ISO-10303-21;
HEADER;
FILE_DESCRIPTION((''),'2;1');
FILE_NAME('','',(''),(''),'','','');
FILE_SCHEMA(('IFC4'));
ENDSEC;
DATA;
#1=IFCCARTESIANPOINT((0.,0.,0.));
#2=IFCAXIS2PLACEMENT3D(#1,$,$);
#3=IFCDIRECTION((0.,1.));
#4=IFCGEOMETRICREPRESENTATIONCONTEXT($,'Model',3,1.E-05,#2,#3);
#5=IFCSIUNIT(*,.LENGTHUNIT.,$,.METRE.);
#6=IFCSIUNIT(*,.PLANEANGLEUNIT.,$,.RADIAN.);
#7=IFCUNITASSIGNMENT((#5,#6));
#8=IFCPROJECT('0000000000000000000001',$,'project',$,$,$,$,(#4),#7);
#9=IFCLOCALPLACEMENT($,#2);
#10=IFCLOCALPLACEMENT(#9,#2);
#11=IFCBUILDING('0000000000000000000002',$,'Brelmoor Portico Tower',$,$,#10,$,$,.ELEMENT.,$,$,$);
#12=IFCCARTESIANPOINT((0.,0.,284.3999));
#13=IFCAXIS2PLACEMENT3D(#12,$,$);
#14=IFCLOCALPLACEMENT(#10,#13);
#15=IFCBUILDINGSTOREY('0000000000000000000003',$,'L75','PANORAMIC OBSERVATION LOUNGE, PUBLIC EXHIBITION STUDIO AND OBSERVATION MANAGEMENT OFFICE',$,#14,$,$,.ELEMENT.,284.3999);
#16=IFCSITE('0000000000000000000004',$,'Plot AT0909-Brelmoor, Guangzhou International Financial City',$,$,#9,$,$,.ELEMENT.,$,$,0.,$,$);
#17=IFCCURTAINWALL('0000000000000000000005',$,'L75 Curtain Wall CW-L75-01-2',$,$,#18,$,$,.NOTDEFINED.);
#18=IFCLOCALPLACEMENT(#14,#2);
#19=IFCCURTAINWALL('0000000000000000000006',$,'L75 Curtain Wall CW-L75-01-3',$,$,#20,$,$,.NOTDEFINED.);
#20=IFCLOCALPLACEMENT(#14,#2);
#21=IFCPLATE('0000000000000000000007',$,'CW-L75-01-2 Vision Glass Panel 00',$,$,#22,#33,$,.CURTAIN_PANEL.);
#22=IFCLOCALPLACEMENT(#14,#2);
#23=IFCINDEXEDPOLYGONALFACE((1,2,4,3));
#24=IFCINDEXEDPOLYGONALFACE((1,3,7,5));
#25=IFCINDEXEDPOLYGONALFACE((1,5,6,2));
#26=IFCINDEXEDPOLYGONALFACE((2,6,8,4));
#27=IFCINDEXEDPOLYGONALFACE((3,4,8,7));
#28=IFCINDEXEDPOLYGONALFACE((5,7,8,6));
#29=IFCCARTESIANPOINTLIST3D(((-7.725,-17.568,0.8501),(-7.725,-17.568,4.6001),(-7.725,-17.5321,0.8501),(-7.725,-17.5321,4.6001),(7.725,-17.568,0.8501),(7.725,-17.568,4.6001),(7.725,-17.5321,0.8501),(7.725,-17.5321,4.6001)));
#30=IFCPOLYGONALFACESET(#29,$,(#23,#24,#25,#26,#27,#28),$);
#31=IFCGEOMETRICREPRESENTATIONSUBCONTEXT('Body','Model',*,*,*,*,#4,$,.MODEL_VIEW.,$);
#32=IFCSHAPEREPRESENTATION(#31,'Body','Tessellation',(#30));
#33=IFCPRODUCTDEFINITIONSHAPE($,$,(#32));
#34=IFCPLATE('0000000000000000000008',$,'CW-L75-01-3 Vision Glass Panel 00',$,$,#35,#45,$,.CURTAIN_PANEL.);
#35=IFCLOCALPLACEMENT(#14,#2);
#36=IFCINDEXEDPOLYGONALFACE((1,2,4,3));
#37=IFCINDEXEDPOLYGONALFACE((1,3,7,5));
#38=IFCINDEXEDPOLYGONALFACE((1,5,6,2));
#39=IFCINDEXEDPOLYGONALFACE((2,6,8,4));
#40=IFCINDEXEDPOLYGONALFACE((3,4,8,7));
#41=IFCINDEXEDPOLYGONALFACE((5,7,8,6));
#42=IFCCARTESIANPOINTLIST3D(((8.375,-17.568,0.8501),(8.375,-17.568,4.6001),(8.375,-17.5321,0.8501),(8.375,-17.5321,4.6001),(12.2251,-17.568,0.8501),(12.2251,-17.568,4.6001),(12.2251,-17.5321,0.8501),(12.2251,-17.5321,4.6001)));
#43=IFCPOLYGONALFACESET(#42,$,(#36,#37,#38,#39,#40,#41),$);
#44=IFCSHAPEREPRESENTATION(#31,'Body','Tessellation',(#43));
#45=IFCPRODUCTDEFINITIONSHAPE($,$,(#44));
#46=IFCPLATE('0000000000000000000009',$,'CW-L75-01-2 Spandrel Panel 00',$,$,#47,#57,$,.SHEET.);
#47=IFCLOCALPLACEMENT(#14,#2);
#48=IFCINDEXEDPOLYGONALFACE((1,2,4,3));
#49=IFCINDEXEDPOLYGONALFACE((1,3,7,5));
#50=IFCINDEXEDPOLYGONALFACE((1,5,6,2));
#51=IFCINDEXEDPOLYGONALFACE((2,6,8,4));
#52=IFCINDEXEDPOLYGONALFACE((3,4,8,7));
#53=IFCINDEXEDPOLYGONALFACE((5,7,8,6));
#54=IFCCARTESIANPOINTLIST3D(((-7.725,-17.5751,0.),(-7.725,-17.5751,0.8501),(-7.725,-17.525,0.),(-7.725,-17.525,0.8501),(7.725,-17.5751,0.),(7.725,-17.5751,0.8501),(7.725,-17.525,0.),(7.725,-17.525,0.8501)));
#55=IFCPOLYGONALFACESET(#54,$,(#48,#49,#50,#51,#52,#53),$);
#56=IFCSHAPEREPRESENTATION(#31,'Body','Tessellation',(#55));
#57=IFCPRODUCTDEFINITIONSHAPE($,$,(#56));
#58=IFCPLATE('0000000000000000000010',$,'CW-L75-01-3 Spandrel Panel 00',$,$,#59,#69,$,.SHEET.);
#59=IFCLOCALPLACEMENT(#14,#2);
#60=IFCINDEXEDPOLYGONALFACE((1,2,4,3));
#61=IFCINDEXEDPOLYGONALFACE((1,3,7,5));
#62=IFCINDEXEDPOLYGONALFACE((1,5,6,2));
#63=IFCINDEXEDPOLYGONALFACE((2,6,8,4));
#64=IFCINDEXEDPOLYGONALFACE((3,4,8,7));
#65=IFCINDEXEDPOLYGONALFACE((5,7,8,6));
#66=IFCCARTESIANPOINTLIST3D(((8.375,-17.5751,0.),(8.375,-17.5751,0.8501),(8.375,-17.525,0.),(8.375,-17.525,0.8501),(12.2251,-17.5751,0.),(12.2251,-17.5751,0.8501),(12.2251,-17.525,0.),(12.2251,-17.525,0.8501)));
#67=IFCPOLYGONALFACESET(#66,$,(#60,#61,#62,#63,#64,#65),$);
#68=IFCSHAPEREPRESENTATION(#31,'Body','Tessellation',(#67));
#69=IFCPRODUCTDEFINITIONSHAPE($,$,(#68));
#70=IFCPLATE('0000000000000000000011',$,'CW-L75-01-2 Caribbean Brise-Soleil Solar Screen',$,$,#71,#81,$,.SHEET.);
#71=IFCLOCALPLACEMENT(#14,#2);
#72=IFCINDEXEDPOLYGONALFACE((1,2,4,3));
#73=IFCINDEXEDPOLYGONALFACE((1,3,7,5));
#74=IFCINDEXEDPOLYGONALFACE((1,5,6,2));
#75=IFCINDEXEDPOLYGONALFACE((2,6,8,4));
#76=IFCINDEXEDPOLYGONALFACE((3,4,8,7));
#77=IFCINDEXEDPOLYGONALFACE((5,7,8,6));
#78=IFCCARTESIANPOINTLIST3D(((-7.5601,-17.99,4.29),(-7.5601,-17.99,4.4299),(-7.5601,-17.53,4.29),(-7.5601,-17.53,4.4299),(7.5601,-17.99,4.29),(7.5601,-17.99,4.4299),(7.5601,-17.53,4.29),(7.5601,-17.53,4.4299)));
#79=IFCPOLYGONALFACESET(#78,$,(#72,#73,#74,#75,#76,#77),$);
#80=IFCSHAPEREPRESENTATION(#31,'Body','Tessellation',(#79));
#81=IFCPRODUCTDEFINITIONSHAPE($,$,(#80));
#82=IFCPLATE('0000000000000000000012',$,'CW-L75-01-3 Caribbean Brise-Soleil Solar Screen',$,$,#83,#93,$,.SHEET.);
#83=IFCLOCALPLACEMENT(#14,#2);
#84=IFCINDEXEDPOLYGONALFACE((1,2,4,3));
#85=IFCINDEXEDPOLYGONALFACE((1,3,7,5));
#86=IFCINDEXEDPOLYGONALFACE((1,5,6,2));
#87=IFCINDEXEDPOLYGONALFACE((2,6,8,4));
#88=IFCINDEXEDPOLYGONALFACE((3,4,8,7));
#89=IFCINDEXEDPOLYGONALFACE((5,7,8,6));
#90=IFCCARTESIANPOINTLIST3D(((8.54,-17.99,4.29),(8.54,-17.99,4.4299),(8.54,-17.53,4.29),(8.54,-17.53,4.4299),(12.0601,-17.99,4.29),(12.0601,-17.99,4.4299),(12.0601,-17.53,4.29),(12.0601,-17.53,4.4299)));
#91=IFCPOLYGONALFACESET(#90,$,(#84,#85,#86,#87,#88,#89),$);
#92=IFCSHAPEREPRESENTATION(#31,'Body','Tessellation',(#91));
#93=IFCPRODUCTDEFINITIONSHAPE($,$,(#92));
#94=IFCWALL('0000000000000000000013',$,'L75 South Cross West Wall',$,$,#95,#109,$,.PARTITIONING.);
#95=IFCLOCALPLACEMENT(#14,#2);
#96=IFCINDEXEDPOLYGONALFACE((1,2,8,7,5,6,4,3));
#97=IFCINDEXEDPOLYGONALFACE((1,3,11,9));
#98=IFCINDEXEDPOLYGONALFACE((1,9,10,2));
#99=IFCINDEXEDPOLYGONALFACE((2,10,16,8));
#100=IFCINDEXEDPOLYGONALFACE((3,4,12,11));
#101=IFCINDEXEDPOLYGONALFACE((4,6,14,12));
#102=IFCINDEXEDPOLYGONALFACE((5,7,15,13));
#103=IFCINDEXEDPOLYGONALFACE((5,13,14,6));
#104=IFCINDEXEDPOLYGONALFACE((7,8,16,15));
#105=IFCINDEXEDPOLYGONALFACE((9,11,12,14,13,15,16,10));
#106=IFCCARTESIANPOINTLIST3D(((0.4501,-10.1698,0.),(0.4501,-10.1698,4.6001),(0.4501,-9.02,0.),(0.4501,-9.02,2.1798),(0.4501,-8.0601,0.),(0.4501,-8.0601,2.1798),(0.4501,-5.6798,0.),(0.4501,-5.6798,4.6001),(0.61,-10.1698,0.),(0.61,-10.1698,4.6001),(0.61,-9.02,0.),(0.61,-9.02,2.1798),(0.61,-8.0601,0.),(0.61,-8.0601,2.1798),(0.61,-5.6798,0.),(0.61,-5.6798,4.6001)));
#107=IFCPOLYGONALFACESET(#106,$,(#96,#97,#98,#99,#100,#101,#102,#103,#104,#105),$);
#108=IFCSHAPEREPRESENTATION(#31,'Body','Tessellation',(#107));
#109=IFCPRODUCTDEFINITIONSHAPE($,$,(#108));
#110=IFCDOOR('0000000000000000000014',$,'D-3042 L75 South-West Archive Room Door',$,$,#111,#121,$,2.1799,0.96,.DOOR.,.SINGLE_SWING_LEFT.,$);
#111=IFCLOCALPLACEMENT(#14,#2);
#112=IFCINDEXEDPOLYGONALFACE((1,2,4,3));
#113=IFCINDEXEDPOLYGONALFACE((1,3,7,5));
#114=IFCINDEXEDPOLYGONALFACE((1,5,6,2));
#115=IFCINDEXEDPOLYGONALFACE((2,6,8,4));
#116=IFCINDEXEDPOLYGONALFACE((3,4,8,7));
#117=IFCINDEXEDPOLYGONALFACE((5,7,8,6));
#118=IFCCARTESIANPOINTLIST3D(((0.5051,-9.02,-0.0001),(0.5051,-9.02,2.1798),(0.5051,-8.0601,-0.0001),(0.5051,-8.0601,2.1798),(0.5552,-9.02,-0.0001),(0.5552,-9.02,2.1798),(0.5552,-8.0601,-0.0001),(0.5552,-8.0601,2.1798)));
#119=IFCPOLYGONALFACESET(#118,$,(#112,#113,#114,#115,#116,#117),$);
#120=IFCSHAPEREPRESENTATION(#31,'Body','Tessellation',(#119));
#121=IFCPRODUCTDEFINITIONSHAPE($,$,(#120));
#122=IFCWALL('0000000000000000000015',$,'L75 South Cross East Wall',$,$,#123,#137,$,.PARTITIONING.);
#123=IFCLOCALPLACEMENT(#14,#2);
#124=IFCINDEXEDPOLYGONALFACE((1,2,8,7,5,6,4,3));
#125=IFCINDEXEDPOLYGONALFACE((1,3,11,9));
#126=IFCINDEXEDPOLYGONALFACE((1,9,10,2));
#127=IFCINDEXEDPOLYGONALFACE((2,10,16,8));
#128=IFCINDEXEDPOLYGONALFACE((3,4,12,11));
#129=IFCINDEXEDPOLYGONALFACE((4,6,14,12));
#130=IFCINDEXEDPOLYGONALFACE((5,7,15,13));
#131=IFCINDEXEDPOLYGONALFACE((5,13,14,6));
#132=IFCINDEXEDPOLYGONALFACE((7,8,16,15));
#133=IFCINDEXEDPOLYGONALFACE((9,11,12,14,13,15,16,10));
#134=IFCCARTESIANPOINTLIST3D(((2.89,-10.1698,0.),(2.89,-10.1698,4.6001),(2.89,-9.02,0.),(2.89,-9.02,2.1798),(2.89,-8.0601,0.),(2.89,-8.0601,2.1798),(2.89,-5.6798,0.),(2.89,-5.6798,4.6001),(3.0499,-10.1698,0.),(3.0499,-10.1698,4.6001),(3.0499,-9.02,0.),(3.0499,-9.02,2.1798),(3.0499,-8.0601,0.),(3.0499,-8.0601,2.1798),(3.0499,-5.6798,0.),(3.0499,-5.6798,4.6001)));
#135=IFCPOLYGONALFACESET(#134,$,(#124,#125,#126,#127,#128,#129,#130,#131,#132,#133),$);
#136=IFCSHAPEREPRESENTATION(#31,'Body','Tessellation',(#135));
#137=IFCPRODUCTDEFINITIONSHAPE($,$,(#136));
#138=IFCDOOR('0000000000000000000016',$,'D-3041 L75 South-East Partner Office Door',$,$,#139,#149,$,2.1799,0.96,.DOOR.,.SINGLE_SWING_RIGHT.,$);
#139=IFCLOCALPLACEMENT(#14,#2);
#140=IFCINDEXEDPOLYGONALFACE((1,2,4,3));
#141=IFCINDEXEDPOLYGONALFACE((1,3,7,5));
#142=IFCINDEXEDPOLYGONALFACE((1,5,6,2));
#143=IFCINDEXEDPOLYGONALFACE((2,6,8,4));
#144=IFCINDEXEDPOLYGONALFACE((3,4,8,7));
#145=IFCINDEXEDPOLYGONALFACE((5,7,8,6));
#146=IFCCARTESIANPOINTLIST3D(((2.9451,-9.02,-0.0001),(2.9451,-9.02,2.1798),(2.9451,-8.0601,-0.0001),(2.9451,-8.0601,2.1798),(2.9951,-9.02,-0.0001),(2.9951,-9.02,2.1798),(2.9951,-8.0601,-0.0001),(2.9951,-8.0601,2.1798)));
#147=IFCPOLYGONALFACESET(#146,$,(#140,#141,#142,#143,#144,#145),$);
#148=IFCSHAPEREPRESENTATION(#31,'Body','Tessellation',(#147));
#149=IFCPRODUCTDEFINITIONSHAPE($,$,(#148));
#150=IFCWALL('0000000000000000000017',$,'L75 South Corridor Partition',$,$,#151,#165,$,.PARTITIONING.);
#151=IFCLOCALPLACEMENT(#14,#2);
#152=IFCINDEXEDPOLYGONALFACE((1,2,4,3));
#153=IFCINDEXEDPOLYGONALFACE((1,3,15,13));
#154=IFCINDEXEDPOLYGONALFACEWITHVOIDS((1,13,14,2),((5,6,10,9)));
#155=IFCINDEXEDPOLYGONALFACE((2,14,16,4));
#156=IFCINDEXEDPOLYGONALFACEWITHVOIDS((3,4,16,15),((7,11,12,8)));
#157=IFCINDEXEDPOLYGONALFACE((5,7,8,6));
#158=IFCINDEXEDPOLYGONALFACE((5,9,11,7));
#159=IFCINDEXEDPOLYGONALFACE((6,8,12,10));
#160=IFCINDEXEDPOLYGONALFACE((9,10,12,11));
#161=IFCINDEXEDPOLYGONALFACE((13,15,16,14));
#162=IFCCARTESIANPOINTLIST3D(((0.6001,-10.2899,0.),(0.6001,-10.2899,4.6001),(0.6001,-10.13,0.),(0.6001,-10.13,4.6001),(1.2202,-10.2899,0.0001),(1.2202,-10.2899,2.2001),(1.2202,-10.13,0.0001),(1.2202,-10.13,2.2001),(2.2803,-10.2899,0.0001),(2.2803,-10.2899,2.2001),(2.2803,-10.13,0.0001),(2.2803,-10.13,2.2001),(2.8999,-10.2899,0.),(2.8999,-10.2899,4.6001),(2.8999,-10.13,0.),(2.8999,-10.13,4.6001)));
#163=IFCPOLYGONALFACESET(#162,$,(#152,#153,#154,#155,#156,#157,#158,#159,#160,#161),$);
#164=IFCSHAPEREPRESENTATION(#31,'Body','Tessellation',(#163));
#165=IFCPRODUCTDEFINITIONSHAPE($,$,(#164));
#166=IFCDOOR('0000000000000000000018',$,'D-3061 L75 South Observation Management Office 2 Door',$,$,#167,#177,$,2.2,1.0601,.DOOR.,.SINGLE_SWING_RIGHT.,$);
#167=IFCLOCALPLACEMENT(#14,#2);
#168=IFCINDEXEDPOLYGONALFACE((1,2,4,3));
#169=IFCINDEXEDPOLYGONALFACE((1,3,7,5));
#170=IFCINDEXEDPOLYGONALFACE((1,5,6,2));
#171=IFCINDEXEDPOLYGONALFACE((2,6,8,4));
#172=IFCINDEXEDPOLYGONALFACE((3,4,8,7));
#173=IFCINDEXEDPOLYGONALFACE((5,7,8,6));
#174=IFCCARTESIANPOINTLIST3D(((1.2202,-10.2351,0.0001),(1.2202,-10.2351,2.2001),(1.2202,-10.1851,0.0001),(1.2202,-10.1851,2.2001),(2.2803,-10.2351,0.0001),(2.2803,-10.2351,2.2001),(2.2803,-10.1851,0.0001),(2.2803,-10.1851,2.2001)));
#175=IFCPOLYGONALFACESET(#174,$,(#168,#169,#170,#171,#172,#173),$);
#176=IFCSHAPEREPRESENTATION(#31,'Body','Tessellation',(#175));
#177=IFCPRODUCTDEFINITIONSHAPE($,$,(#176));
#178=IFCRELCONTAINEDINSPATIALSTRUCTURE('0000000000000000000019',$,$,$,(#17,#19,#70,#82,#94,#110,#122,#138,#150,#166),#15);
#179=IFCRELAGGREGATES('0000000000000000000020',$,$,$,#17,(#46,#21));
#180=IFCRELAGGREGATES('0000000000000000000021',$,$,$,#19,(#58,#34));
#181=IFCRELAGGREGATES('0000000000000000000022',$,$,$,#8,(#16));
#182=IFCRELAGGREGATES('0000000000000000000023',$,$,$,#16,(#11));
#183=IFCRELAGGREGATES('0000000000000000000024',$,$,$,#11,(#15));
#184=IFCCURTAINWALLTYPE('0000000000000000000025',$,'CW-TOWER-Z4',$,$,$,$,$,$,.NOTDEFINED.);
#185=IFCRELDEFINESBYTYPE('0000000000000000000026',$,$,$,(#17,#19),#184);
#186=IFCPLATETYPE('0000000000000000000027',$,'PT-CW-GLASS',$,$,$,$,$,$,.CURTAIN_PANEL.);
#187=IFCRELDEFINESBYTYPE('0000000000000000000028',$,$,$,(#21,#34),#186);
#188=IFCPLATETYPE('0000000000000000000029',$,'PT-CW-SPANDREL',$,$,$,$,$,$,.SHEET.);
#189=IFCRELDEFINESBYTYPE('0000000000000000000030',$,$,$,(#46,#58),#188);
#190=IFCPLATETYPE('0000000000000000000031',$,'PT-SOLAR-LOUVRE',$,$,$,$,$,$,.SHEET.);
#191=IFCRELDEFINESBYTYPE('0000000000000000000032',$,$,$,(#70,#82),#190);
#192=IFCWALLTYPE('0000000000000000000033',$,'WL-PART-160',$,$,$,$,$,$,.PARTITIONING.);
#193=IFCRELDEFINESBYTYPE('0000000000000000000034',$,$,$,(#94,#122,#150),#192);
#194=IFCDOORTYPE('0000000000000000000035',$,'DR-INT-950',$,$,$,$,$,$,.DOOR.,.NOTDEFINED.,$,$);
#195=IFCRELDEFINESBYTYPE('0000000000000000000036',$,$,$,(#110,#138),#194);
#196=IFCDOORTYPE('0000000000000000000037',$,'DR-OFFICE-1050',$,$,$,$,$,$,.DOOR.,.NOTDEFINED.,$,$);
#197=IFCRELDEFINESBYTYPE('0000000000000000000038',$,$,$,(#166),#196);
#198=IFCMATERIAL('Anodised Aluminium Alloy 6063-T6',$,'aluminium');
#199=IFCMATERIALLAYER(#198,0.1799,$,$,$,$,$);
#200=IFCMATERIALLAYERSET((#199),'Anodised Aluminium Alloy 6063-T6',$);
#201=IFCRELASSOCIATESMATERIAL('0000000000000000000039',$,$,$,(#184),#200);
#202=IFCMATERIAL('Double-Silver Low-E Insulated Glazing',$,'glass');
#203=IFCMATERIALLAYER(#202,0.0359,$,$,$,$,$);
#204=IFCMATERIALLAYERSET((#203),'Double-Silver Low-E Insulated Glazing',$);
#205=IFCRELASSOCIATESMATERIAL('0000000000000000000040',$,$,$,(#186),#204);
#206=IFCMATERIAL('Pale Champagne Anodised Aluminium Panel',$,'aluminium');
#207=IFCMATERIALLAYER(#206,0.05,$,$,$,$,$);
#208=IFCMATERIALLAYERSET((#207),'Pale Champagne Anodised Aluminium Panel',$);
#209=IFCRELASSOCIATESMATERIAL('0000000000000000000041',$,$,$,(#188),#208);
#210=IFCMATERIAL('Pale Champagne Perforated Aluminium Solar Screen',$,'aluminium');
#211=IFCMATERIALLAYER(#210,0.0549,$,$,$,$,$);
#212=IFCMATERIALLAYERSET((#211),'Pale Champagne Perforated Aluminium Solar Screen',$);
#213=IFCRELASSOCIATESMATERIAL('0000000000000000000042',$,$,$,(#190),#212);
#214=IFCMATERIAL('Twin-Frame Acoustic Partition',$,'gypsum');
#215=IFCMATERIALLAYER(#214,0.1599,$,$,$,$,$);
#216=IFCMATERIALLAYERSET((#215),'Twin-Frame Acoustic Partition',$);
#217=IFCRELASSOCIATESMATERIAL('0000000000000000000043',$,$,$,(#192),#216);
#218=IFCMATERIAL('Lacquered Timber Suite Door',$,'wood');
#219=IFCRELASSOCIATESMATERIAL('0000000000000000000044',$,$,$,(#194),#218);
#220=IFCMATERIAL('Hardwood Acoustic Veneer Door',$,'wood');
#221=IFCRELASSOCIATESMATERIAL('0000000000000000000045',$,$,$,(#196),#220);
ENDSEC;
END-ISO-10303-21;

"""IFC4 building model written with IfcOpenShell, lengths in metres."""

from ifc_helpers import new_model, si_unit, direction, frame, frame_2d, origin, origin_2d, place, context, subcontext, project, spatial, rectangle, extrude, material, layer, layer_set, type_object, element, fill, aggregate, save


model = new_model("IFC4")

# Units and contexts
model_context = context("Model", 3, precision=1e-05, world=origin(), true_north=direction((0.0, 1.0)))
body_context = subcontext(model_context, "Body", "Model", "MODEL_VIEW")
ifc_project = project(units=[si_unit("LENGTHUNIT", "METRE"), si_unit("PLANEANGLEUNIT", "RADIAN")], contexts=[model_context])

# Site, building, storey
site_placement = place(None, origin())
site = spatial("IfcSite", under=ifc_project, at=site_placement, Name="Plot AT0909-Brelmoor, Guangzhou International Financial City", CompositionType="ELEMENT", RefElevation=0.0)
building_placement = place(site_placement, origin())
building = spatial("IfcBuilding", under=site, at=building_placement, Name="Brelmoor Portico Tower", CompositionType="ELEMENT")
storey_placement = place(building_placement, frame((0.0, 0.0, 284.3999)))
storey = spatial("IfcBuildingStorey", under=building, at=storey_placement, Name="L75", Description="PANORAMIC OBSERVATION LOUNGE, PUBLIC EXHIBITION STUDIO AND OBSERVATION MANAGEMENT OFFICE", CompositionType="ELEMENT", Elevation=284.3999)

# Curtain wall
ifc_material_1 = material(Name="Anodised Aluminium Alloy 6063-T6", Category="aluminium")
ifc_layer_1 = layer(ifc_material_1, 0.1799)
ifc_layer_set_1 = layer_set([ifc_layer_1], Name="Anodised Aluminium Alloy 6063-T6")
curtain_wall_type = type_object("IfcCurtainWallType", Name="CW-TOWER-Z4", PredefinedType="NOTDEFINED", material=ifc_layer_set_1)
curtain_wall_1_placement = place(storey_placement, origin())
curtain_wall_1 = element("IfcCurtainWall", 1, at=curtain_wall_1_placement, inside=storey, type_object=curtain_wall_type, Name="L75 Curtain Wall CW-L75-01-2", PredefinedType="NOTDEFINED")

# Curtain wall
curtain_wall_2_placement = place(storey_placement, origin())
curtain_wall_2 = element("IfcCurtainWall", 2, at=curtain_wall_2_placement, inside=storey, type_object=curtain_wall_type, Name="L75 Curtain Wall CW-L75-01-3", PredefinedType="NOTDEFINED")

# Plates
ifc_material_2 = material(Name="Double-Silver Low-E Insulated Glazing", Category="glass")
ifc_layer_2 = layer(ifc_material_2, 0.0359)
ifc_layer_set_2 = layer_set([ifc_layer_2], Name="Double-Silver Low-E Insulated Glazing")
plate_type_1 = type_object("IfcPlateType", Name="PT-CW-GLASS", PredefinedType="CURTAIN_PANEL", material=ifc_layer_set_2)
plate_1_placement = place(storey_placement, frame((0.0, -17.55, 0.8501), z_axis=(0.0, 0.0, 1.0), x_axis=(1.0, 0.0, 0.0)))
plate_1 = element("IfcPlate", 3, at=plate_1_placement, type_object=plate_type_1, Name="CW-L75-01-2 Vision Glass Panel 00", PredefinedType="CURTAIN_PANEL", context=body_context, shape_type="SweptSolid", body=[
    extrude(rectangle(XDim=15.45, YDim=0.0359, at=origin_2d()), origin(), (0.0, 0.0, 1.0), 3.75),
])
plate_2_placement = place(storey_placement, frame((10.3, -17.55, 0.8501), z_axis=(0.0, 0.0, 1.0), x_axis=(1.0, 0.0, 0.0)))
plate_2 = element("IfcPlate", 4, at=plate_2_placement, type_object=plate_type_1, Name="CW-L75-01-3 Vision Glass Panel 00", PredefinedType="CURTAIN_PANEL", context=body_context, shape_type="SweptSolid", body=[
    extrude(rectangle(XDim=3.8501, YDim=0.0359, at=origin_2d()), origin(), (0.0, 0.0, 1.0), 3.75),
])
ifc_material_3 = material(Name="Pale Champagne Anodised Aluminium Panel", Category="aluminium")
ifc_layer_3 = layer(ifc_material_3, 0.05)
ifc_layer_set_3 = layer_set([ifc_layer_3], Name="Pale Champagne Anodised Aluminium Panel")
plate_type_2 = type_object("IfcPlateType", Name="PT-CW-SPANDREL", PredefinedType="SHEET", material=ifc_layer_set_3)
plate_3_placement = place(storey_placement, frame((0.0, -17.55, 0.0), z_axis=(0.0, 0.0, 1.0), x_axis=(1.0, 0.0, 0.0)))
plate_3 = element("IfcPlate", 5, at=plate_3_placement, type_object=plate_type_2, Name="CW-L75-01-2 Spandrel Panel 00", PredefinedType="SHEET", context=body_context, shape_type="SweptSolid", body=[
    extrude(rectangle(XDim=15.45, YDim=0.05, at=origin_2d()), origin(), (0.0, 0.0, 1.0), 0.8501),
])
aggregate(curtain_wall_1, [plate_3, plate_1])
plate_4_placement = place(storey_placement, frame((10.3, -17.55, 0.0), z_axis=(0.0, 0.0, 1.0), x_axis=(1.0, 0.0, 0.0)))
plate_4 = element("IfcPlate", 6, at=plate_4_placement, type_object=plate_type_2, Name="CW-L75-01-3 Spandrel Panel 00", PredefinedType="SHEET", context=body_context, shape_type="SweptSolid", body=[
    extrude(rectangle(XDim=3.8501, YDim=0.05, at=origin_2d()), origin(), (0.0, 0.0, 1.0), 0.8501),
])
aggregate(curtain_wall_2, [plate_4, plate_2])

# Plates
ifc_material_4 = material(Name="Pale Champagne Perforated Aluminium Solar Screen", Category="aluminium")
ifc_layer_4 = layer(ifc_material_4, 0.0549)
ifc_layer_set_4 = layer_set([ifc_layer_4], Name="Pale Champagne Perforated Aluminium Solar Screen")
plate_type_3 = type_object("IfcPlateType", Name="PT-SOLAR-LOUVRE", PredefinedType="SHEET", material=ifc_layer_set_4)
plate_5_placement = place(storey_placement, frame((0.0, -17.76, 4.29), z_axis=(0.0, 0.0, 1.0), x_axis=(1.0, 0.0, 0.0)))
element("IfcPlate", 7, at=plate_5_placement, inside=storey, type_object=plate_type_3, Name="CW-L75-01-2 Caribbean Brise-Soleil Solar Screen", PredefinedType="SHEET", context=body_context, shape_type="SweptSolid", body=[
    extrude(rectangle(XDim=15.1201, YDim=0.46, at=origin_2d()), origin(), (0.0, 0.0, 1.0), 0.1399),
])
plate_6_placement = place(storey_placement, frame((10.3, -17.76, 4.29), z_axis=(0.0, 0.0, 1.0), x_axis=(1.0, 0.0, 0.0)))
element("IfcPlate", 8, at=plate_6_placement, inside=storey, type_object=plate_type_3, Name="CW-L75-01-3 Caribbean Brise-Soleil Solar Screen", PredefinedType="SHEET", context=body_context, shape_type="SweptSolid", body=[
    extrude(rectangle(XDim=3.52, YDim=0.46, at=origin_2d()), origin(), (0.0, 0.0, 1.0), 0.1399),
])

# Walls, openings, doors
ifc_material_5 = material(Name="Twin-Frame Acoustic Partition", Category="gypsum")
ifc_layer_5 = layer(ifc_material_5, 0.1599)
ifc_layer_set_5 = layer_set([ifc_layer_5], Name="Twin-Frame Acoustic Partition")
wall_type = type_object("IfcWallType", Name="WL-PART-160", PredefinedType="PARTITIONING", material=ifc_layer_set_5)
wall_1_placement = place(storey_placement, frame((0.53, -10.1699, 0.0), z_axis=(0.0, 0.0, 1.0), x_axis=(0.0, 1.0, 0.0)))
wall_1 = element("IfcWall", 9, at=wall_1_placement, inside=storey, type_object=wall_type, Name="L75 South Cross West Wall", PredefinedType="PARTITIONING", context=body_context, shape_type="SweptSolid", body=[
    extrude(rectangle(XDim=4.49, YDim=0.1599, at=frame_2d((2.2451, 0.0))), origin(), (0.0, 0.0, 1.0), 4.6001),
])
opening_1_placement = place(wall_1_placement, frame((1.1499, 0.0, 0.0)))
opening_1 = element("IfcOpeningElement", 10, at=opening_1_placement, cuts=wall_1, PredefinedType="OPENING", context=body_context, shape_type="SweptSolid", body=[
    extrude(rectangle(XDim=0.96, YDim=2.1799, at=frame_2d((0.48, 1.0898))), frame((0.0, 0.0898, 0.0), z_axis=(0.0, -1.0, 0.0), x_axis=(1.0, 0.0, 0.0)), (0.0, 0.0, 1.0), 0.1799),
])
ifc_material_6 = material(Name="Lacquered Timber Suite Door", Category="wood")
door_type_1 = type_object("IfcDoorType", Name="DR-INT-950", OperationType="NOTDEFINED", PredefinedType="DOOR", material=ifc_material_6)
door_1_placement = place(opening_1_placement, origin())
door_1 = element("IfcDoor", 11, at=door_1_placement, inside=storey, type_object=door_type_1, Name="D-3042 L75 South-West Archive Room Door", OperationType="SINGLE_SWING_LEFT", OverallHeight=2.1799, OverallWidth=0.96, PredefinedType="DOOR", context=body_context, shape_type="SweptSolid", body=[
    extrude(rectangle(XDim=0.96, YDim=2.1799, at=frame_2d((0.48, 1.0898))), frame((0.0, 0.0249, 0.0), z_axis=(0.0, -1.0, 0.0), x_axis=(1.0, 0.0, 0.0)), (0.0, 0.0, 1.0), 0.05),
])
fill(opening_1, door_1)
wall_2_placement = place(storey_placement, frame((2.97, -10.1699, 0.0), z_axis=(0.0, 0.0, 1.0), x_axis=(0.0, 1.0, 0.0)))
wall_2 = element("IfcWall", 12, at=wall_2_placement, inside=storey, type_object=wall_type, Name="L75 South Cross East Wall", PredefinedType="PARTITIONING", context=body_context, shape_type="SweptSolid", body=[
    extrude(rectangle(XDim=4.49, YDim=0.1599, at=frame_2d((2.2451, 0.0))), origin(), (0.0, 0.0, 1.0), 4.6001),
])
opening_2_placement = place(wall_2_placement, frame((1.1499, 0.0, 0.0)))
opening_2 = element("IfcOpeningElement", 13, at=opening_2_placement, cuts=wall_2, PredefinedType="OPENING", context=body_context, shape_type="SweptSolid", body=[
    extrude(rectangle(XDim=0.96, YDim=2.1799, at=frame_2d((0.48, 1.0898))), frame((0.0, 0.0898, 0.0), z_axis=(0.0, -1.0, 0.0), x_axis=(1.0, 0.0, 0.0)), (0.0, 0.0, 1.0), 0.1799),
])
door_2_placement = place(opening_2_placement, origin())
door_2 = element("IfcDoor", 14, at=door_2_placement, inside=storey, type_object=door_type_1, Name="D-3041 L75 South-East Partner Office Door", OperationType="SINGLE_SWING_RIGHT", OverallHeight=2.1799, OverallWidth=0.96, PredefinedType="DOOR", context=body_context, shape_type="SweptSolid", body=[
    extrude(rectangle(XDim=0.96, YDim=2.1799, at=frame_2d((0.48, 1.0898))), frame((0.0, 0.0249, 0.0), z_axis=(0.0, -1.0, 0.0), x_axis=(1.0, 0.0, 0.0)), (0.0, 0.0, 1.0), 0.05),
])
fill(opening_2, door_2)
wall_3_placement = place(storey_placement, frame((0.6001, -10.21, 0.0), z_axis=(0.0, 0.0, 1.0), x_axis=(1.0, 0.0, 0.0)))
wall_3 = element("IfcWall", 15, at=wall_3_placement, inside=storey, type_object=wall_type, Name="L75 South Corridor Partition", PredefinedType="PARTITIONING", context=body_context, shape_type="SweptSolid", body=[
    extrude(rectangle(XDim=2.2998, YDim=0.1599, at=frame_2d((1.1499, 0.0))), origin(), (0.0, 0.0, 1.0), 4.6001),
])
opening_3_placement = place(wall_3_placement, frame((0.6201, 0.0, 0.0)))
opening_3 = element("IfcOpeningElement", 16, at=opening_3_placement, cuts=wall_3, PredefinedType="OPENING", context=body_context, shape_type="SweptSolid", body=[
    extrude(rectangle(XDim=1.0601, YDim=2.2, at=frame_2d((0.53, 1.1001))), frame((0.0, 0.0898, 0.0), z_axis=(0.0, -1.0, 0.0), x_axis=(1.0, 0.0, 0.0)), (0.0, 0.0, 1.0), 0.1799),
])
ifc_material_7 = material(Name="Hardwood Acoustic Veneer Door", Category="wood")
door_type_2 = type_object("IfcDoorType", Name="DR-OFFICE-1050", OperationType="NOTDEFINED", PredefinedType="DOOR", material=ifc_material_7)
door_3_placement = place(opening_3_placement, origin())
door_3 = element("IfcDoor", 17, at=door_3_placement, inside=storey, type_object=door_type_2, Name="D-3061 L75 South Observation Management Office 2 Door", OperationType="SINGLE_SWING_RIGHT", OverallHeight=2.2, OverallWidth=1.0601, PredefinedType="DOOR", context=body_context, shape_type="SweptSolid", body=[
    extrude(rectangle(XDim=1.0601, YDim=2.2, at=frame_2d((0.53, 1.1001))), frame((0.0, 0.0249, 0.0), z_axis=(0.0, -1.0, 0.0), x_axis=(1.0, 0.0, 0.0)), (0.0, 0.0, 1.0), 0.05),
])
fill(opening_3, door_3)

save(model, "model.ifc")
